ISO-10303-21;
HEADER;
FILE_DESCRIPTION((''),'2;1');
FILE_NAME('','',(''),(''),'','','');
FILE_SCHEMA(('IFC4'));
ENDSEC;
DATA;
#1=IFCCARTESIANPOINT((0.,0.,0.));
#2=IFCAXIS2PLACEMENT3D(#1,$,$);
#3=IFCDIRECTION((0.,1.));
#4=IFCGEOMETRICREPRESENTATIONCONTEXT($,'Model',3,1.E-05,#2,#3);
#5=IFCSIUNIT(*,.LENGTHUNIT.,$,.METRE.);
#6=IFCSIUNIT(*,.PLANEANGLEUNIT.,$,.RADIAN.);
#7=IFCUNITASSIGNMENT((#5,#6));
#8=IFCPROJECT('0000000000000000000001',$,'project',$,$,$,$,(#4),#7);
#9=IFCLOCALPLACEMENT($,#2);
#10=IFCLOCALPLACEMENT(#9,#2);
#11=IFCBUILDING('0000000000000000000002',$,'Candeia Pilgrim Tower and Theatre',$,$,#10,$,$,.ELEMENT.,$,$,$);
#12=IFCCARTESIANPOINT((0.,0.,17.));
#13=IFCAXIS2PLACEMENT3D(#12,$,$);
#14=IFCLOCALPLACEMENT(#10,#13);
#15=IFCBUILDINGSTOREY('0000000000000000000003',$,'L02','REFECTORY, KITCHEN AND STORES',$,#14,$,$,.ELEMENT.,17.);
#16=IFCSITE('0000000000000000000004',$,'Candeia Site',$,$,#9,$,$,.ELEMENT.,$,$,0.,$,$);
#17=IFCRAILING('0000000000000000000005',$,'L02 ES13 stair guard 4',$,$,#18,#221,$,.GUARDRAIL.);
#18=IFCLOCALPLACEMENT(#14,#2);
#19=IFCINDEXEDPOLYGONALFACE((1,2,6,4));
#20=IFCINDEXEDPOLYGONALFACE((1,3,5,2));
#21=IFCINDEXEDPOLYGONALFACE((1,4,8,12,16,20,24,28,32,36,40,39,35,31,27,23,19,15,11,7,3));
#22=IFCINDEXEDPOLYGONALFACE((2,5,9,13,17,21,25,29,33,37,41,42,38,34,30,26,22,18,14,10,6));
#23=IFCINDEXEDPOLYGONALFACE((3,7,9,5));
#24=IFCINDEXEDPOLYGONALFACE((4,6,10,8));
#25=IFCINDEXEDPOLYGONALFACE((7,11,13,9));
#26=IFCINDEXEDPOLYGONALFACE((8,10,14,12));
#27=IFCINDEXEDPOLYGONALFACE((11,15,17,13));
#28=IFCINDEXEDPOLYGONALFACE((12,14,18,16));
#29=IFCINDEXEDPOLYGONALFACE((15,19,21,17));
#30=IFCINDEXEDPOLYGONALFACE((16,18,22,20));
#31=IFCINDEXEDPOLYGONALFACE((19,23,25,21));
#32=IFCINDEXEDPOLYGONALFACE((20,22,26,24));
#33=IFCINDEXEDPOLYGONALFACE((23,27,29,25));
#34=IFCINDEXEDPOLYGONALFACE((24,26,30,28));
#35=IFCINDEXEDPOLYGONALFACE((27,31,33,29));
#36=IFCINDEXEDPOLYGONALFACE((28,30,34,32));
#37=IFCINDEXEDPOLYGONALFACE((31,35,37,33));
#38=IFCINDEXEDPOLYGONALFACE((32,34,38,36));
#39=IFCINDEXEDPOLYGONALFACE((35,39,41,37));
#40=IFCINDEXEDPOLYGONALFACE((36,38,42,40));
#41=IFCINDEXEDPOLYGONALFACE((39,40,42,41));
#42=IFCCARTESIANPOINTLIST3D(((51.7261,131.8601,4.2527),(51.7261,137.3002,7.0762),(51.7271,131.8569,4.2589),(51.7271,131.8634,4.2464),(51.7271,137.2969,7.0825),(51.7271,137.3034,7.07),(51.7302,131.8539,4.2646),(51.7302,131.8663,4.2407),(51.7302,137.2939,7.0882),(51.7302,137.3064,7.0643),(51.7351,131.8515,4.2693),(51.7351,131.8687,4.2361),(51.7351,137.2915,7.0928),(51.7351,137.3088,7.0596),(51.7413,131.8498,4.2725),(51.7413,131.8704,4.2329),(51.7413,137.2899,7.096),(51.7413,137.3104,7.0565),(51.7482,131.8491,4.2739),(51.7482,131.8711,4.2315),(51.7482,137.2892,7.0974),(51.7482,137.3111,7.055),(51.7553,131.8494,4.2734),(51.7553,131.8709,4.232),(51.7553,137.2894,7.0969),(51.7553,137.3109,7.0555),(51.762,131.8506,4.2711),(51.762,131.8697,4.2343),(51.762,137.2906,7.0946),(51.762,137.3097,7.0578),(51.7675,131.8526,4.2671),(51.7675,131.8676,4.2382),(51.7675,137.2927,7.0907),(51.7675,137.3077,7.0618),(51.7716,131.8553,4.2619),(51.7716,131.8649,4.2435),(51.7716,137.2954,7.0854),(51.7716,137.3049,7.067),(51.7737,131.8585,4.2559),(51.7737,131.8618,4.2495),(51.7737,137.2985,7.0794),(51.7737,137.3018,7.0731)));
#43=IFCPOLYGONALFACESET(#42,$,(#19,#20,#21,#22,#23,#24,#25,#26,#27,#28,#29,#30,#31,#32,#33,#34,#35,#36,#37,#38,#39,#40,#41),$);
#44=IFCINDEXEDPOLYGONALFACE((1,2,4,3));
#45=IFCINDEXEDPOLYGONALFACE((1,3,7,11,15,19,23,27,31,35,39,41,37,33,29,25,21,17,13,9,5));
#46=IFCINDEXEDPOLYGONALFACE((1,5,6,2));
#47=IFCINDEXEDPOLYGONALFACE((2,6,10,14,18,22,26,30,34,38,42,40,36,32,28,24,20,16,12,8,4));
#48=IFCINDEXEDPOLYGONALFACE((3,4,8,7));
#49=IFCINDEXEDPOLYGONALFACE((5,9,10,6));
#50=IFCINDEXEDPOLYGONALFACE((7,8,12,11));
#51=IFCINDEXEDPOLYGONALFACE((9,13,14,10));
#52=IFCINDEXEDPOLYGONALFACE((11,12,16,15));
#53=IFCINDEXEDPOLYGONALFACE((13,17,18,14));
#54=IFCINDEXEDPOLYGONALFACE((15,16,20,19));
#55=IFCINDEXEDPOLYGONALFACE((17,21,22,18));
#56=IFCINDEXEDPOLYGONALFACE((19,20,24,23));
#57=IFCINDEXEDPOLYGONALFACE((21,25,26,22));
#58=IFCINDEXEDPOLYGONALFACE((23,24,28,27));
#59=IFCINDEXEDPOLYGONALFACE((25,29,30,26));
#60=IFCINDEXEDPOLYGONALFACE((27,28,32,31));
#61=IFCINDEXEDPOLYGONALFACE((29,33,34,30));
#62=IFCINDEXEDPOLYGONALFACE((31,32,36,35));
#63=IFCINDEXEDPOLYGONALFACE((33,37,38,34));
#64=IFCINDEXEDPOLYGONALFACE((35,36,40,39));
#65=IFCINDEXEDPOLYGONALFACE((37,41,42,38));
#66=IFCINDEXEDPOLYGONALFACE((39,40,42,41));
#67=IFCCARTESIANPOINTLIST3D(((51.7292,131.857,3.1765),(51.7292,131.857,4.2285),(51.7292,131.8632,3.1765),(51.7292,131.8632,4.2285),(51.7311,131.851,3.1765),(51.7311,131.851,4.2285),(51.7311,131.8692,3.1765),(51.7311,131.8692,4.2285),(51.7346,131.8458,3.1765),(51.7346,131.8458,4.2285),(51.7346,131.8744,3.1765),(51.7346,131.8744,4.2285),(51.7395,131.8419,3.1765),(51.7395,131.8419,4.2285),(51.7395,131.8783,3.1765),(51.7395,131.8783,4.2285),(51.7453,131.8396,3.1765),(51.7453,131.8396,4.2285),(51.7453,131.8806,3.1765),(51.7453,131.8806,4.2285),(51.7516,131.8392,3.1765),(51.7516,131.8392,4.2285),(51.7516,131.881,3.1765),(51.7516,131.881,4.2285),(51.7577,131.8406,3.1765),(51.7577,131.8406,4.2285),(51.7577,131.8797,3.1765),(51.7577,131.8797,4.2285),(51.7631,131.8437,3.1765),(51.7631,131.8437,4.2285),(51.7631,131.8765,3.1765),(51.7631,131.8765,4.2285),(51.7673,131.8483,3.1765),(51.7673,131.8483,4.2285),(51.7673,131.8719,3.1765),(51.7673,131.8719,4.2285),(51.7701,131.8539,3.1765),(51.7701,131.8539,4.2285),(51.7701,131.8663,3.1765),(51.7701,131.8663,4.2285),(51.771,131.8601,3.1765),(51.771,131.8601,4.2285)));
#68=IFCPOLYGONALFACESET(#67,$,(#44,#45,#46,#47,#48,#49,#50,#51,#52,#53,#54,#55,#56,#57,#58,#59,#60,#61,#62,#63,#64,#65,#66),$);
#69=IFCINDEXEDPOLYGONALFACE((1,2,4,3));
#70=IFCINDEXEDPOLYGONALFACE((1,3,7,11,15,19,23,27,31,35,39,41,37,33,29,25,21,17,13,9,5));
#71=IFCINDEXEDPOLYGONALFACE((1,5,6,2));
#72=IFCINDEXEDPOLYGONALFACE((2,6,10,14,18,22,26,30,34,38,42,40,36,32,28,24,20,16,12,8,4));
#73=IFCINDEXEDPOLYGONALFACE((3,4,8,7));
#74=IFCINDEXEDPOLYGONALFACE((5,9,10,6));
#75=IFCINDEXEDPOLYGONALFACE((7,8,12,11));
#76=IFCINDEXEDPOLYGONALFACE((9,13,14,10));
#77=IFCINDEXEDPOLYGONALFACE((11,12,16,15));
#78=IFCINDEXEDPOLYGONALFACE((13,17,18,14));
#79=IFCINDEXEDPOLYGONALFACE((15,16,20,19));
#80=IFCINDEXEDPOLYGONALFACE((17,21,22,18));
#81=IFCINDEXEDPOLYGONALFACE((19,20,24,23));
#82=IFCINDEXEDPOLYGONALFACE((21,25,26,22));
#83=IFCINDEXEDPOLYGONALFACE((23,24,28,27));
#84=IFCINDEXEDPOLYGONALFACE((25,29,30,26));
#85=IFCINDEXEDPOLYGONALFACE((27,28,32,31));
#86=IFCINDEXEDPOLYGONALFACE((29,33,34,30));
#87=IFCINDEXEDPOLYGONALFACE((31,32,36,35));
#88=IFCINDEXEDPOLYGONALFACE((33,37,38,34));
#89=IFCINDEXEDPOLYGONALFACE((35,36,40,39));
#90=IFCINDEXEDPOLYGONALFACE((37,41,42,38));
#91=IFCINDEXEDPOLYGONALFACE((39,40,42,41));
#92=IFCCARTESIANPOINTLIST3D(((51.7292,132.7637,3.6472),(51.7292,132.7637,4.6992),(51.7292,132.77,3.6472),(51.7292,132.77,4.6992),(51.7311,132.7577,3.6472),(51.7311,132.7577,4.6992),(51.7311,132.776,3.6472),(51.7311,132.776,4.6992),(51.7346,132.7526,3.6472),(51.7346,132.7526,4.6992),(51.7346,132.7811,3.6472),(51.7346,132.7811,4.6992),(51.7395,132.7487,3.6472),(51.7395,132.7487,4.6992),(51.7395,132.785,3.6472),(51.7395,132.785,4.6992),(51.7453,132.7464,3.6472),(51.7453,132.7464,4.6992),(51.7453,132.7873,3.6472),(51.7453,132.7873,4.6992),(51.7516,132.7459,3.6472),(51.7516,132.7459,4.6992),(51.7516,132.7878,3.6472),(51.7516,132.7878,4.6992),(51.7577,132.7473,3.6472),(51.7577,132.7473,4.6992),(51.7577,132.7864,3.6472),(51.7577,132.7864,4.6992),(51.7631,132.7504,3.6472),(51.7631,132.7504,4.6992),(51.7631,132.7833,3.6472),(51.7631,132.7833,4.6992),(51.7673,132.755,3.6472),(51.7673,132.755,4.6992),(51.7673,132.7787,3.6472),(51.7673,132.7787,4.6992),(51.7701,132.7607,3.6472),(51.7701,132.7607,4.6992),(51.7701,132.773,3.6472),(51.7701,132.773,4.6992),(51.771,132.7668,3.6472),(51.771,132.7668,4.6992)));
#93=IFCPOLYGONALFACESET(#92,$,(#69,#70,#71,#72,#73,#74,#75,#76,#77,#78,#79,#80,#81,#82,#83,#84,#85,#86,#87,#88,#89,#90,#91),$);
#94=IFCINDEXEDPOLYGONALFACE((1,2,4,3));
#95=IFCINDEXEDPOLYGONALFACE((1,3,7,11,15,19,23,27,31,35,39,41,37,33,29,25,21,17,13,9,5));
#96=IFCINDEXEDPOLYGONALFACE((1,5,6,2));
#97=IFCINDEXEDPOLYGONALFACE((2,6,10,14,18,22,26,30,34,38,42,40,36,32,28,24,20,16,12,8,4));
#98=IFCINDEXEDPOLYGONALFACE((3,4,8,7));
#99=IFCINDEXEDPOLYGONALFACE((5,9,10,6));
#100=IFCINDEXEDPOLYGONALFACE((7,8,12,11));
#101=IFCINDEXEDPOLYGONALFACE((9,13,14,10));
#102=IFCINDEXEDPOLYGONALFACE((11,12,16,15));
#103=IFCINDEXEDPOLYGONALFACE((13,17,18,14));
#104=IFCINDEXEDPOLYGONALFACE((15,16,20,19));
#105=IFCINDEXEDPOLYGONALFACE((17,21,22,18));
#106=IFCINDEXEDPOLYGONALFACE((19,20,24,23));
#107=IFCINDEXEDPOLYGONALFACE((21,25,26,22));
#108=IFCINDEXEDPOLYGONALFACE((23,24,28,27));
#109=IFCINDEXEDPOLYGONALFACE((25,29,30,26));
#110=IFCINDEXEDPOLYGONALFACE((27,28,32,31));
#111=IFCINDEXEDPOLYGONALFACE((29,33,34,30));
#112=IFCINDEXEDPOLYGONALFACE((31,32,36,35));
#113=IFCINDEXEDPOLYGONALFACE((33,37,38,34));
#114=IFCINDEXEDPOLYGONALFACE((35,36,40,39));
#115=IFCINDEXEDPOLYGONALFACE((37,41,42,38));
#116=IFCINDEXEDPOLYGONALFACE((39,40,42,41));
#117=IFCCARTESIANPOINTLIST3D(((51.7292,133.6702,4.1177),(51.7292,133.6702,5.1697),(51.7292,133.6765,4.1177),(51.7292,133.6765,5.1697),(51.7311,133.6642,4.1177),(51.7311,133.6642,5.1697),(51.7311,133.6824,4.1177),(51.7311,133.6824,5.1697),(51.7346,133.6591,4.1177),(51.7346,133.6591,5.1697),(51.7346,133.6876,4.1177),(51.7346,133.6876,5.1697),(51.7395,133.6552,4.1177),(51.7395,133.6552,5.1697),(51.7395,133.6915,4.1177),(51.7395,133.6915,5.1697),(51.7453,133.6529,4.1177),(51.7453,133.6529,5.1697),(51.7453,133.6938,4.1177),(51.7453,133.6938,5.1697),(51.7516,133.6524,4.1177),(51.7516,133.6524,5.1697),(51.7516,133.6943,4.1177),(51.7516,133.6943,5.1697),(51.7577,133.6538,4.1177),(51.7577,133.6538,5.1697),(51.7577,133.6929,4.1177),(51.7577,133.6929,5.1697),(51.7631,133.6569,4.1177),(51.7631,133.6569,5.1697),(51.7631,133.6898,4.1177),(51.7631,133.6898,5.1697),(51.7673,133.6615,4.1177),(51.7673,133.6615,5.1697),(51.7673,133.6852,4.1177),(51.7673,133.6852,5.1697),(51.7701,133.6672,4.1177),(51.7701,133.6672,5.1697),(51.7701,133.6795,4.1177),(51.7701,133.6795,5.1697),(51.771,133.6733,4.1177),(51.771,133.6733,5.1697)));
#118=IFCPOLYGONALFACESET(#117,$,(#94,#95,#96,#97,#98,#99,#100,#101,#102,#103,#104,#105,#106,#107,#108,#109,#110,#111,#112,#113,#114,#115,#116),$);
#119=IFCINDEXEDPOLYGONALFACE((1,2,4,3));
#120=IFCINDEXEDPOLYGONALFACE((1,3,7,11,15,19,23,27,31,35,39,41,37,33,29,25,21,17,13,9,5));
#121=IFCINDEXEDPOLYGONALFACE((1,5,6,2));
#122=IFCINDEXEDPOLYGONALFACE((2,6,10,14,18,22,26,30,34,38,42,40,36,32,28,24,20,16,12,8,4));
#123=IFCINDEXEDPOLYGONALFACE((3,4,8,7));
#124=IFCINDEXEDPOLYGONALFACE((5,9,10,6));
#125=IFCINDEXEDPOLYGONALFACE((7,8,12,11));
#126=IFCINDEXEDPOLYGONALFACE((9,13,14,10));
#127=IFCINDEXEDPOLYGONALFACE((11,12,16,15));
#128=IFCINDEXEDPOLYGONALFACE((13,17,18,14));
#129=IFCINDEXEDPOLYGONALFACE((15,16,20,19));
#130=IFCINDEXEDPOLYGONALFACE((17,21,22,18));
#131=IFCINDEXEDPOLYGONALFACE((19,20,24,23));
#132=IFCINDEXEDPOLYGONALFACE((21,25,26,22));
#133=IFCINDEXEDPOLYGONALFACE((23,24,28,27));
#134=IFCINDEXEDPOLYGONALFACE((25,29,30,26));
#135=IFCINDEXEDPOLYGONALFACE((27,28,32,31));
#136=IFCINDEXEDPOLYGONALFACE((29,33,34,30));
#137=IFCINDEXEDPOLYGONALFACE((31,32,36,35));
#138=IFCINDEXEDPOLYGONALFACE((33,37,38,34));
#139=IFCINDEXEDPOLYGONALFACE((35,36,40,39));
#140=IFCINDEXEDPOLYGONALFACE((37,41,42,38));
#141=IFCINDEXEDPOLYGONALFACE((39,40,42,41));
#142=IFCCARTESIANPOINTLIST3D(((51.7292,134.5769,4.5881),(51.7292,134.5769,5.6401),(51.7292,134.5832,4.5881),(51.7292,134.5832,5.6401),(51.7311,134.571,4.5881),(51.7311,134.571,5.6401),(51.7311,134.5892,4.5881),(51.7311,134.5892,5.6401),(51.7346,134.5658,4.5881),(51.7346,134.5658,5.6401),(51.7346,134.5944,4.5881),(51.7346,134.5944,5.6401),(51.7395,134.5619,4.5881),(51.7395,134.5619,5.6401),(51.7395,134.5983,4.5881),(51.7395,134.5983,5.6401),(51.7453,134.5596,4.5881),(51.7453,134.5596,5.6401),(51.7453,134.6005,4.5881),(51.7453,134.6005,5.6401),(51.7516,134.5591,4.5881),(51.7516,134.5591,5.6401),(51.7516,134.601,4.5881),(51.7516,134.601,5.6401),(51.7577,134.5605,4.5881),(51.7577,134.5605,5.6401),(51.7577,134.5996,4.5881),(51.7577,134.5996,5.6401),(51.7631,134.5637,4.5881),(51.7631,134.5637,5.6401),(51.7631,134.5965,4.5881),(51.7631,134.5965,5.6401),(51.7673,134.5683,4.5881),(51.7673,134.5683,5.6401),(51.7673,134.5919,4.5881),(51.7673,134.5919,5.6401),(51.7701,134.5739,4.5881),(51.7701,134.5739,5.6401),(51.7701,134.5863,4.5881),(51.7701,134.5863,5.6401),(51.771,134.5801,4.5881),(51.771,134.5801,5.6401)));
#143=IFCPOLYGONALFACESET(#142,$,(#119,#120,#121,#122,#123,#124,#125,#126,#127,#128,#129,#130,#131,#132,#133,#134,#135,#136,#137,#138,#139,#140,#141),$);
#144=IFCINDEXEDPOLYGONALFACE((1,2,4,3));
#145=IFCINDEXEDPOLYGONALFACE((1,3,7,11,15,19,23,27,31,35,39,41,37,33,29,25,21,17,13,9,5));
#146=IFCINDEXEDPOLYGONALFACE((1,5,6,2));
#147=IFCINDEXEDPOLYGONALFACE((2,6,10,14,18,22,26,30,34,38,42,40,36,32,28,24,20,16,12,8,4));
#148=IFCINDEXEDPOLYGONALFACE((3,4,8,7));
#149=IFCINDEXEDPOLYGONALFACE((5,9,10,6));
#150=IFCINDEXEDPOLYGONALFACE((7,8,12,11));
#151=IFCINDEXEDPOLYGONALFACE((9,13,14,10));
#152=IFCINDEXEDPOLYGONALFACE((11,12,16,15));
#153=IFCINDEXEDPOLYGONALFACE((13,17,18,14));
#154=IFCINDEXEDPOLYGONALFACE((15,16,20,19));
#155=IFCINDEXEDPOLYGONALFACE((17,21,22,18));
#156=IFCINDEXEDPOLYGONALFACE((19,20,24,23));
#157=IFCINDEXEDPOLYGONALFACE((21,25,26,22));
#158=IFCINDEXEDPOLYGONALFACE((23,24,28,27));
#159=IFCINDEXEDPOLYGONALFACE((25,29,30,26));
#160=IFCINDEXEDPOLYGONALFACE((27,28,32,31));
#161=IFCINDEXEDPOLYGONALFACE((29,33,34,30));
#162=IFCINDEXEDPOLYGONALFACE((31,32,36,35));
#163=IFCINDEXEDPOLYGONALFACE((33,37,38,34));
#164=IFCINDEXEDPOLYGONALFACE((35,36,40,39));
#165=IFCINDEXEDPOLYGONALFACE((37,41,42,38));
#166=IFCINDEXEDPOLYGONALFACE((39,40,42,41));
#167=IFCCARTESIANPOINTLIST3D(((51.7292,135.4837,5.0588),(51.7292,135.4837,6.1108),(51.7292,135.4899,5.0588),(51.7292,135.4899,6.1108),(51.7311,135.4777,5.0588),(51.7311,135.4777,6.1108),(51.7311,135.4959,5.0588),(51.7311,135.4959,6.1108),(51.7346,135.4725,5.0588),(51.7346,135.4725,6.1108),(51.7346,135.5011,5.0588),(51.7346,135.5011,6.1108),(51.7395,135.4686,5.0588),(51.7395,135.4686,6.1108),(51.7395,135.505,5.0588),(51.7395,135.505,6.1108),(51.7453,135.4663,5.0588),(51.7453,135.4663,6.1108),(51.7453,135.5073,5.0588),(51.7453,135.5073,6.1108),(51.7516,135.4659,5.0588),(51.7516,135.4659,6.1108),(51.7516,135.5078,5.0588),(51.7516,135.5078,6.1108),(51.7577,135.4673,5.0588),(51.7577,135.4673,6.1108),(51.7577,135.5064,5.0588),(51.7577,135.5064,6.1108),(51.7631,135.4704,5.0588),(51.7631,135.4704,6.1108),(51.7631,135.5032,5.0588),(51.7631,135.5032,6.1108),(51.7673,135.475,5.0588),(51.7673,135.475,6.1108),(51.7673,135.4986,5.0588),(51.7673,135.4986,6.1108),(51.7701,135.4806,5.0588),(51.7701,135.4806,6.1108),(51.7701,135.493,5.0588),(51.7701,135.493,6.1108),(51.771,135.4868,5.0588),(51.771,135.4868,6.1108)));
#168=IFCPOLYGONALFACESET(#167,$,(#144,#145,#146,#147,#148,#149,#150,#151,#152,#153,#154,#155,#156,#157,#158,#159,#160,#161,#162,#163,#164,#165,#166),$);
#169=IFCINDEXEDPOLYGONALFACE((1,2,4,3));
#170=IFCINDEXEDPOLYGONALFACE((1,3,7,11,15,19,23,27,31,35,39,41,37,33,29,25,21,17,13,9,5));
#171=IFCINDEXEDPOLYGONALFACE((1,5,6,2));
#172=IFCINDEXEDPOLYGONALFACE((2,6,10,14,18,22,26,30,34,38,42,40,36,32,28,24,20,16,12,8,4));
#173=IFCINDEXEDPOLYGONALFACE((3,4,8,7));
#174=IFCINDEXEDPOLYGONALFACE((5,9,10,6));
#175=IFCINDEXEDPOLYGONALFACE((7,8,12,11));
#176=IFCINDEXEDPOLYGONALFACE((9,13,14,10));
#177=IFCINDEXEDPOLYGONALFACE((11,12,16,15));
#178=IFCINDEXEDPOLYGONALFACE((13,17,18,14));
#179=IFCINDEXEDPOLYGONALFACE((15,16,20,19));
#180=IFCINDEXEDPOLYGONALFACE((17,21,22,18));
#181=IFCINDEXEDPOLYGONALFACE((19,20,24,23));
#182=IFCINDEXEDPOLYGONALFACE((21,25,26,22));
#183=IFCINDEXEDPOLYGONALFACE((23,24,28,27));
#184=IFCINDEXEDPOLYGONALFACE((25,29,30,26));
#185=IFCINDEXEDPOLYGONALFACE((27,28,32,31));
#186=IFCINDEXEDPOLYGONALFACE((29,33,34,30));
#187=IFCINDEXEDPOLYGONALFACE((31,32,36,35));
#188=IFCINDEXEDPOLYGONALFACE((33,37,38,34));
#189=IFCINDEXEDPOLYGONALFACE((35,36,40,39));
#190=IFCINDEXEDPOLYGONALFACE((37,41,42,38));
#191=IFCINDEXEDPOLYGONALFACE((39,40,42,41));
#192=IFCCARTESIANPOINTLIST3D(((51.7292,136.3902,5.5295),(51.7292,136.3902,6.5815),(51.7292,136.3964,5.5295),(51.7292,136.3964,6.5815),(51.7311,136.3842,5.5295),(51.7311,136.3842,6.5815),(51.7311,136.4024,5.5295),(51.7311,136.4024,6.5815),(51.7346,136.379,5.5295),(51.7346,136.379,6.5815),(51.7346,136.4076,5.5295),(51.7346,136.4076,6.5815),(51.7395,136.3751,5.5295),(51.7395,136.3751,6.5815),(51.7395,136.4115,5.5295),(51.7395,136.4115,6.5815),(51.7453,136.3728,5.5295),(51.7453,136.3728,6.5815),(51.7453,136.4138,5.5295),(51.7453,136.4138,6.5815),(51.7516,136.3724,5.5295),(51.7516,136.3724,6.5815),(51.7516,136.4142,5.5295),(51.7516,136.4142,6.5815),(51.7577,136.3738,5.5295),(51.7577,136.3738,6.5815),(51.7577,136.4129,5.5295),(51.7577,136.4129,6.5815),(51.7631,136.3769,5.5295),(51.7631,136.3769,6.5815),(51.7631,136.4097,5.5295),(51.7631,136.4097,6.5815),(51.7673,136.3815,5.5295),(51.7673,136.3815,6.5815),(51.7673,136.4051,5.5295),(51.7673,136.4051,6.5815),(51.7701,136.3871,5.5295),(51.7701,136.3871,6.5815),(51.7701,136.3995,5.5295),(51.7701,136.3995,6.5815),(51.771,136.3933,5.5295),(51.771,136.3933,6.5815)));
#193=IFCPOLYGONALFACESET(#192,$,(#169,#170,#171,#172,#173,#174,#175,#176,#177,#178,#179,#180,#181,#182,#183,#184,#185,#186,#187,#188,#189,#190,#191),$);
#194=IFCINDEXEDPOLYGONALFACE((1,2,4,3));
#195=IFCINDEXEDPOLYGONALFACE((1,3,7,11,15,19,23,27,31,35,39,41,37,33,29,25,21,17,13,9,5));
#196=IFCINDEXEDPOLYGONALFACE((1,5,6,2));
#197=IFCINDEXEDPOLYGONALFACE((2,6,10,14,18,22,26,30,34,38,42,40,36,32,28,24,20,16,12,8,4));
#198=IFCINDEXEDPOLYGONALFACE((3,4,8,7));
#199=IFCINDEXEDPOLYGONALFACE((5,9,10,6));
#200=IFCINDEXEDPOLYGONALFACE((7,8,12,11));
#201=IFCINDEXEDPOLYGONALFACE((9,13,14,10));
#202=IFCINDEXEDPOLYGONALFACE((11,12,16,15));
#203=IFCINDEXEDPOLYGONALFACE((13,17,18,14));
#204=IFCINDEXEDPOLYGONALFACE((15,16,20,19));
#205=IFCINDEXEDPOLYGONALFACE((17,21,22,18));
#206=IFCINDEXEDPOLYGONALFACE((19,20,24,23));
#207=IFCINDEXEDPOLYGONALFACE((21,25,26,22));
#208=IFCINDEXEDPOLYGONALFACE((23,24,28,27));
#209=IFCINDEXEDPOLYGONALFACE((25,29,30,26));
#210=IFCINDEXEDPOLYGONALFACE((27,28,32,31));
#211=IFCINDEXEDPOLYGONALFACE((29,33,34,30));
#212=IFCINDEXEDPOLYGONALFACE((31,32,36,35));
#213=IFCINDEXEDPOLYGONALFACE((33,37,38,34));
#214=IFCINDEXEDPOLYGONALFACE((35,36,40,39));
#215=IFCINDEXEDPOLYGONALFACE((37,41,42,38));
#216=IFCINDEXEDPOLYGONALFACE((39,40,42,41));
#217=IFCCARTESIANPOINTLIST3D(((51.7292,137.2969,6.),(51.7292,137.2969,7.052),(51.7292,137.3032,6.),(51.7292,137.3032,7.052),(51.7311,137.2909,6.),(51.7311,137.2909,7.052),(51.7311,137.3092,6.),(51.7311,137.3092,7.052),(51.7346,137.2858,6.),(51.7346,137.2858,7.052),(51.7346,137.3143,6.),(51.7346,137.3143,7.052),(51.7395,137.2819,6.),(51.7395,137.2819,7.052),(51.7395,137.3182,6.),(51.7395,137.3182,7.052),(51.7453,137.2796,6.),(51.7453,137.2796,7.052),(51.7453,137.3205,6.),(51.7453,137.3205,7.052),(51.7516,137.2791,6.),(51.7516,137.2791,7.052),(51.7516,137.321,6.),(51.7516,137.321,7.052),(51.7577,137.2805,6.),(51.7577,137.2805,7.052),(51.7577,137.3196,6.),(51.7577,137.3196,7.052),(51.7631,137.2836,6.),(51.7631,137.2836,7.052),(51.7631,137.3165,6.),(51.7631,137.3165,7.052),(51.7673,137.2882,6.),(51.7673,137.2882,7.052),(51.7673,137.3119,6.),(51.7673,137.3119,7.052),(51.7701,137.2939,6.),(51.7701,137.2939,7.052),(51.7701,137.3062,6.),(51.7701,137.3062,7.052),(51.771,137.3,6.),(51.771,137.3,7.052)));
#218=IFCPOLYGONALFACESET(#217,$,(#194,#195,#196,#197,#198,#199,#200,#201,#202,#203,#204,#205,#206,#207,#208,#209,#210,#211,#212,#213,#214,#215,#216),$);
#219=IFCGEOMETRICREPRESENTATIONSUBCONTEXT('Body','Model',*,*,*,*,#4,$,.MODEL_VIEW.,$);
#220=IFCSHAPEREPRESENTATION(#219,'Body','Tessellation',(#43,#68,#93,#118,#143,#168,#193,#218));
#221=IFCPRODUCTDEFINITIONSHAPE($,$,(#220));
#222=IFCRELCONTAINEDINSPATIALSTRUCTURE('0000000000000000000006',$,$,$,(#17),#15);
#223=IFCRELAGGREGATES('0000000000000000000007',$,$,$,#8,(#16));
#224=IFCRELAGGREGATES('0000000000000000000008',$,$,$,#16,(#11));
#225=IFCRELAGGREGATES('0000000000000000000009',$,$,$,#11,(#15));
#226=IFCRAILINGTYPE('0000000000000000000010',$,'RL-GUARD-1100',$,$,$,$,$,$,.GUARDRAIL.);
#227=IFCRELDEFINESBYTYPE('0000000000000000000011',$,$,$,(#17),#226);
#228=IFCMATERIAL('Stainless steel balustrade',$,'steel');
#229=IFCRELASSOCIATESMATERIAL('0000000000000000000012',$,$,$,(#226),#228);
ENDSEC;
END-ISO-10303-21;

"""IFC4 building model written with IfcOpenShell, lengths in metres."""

from ifc_helpers import new_model, si_unit, direction, frame, origin, origin_2d, place, context, subcontext, project, spatial, circle, extrude, material, type_object, element, save


model = new_model("IFC4")

# Units and contexts
model_context = context("Model", 3, precision=1e-05, world=origin(), true_north=direction((0.0, 1.0)))
body_context = subcontext(model_context, "Body", "Model", "MODEL_VIEW")
ifc_project = project(units=[si_unit("LENGTHUNIT", "METRE"), si_unit("PLANEANGLEUNIT", "RADIAN")], contexts=[model_context])

# Site, building, storey
site_placement = place(None, origin())
site = spatial("IfcSite", under=ifc_project, at=site_placement, Name="Candeia Site", CompositionType="ELEMENT", RefElevation=0.0)
building_placement = place(site_placement, origin())
building = spatial("IfcBuilding", under=site, at=building_placement, Name="Candeia Pilgrim Tower and Theatre", CompositionType="ELEMENT")
storey_placement = place(building_placement, frame((0.0, 0.0, 17.0)))
storey = spatial("IfcBuildingStorey", under=building, at=storey_placement, Name="L02", Description="REFECTORY, KITCHEN AND STORES", CompositionType="ELEMENT", Elevation=17.0)

# Railing
ifc_material_1 = material(Name="Stainless steel balustrade", Category="steel")
railing_type_1 = type_object("IfcRailingType", Name="RL-GUARD-1100", PredefinedType="GUARDRAIL", material=ifc_material_1)
railing_1_placement = place(storey_placement, frame((51.75, 131.8601, 3.1765)))
element("IfcRailing", 1, at=railing_1_placement, inside=storey, type_object=railing_type_1, Name="L02 ES13 stair guard 4", PredefinedType="GUARDRAIL", context=body_context, shape_type="SweptSolid", body=[
    extrude(circle(Radius=0.0239, at=origin_2d()), frame((0.0, 0.0, 1.0762), z_axis=(0.0, 0.887569, 0.460674), x_axis=(-1.0, 0.0, 0.0)), (0.0, 0.0, 1.0), 6.1292),
    extrude(circle(Radius=0.021, at=origin_2d()), origin(), (0.0, 0.0, 1.0), 1.052),
    extrude(circle(Radius=0.021, at=origin_2d()), frame((0.0, 0.9067, 0.4707)), (0.0, 0.0, 1.0), 1.052),
    extrude(circle(Radius=0.021, at=origin_2d()), frame((0.0, 1.8132, 0.9412)), (0.0, 0.0, 1.0), 1.052),
    extrude(circle(Radius=0.021, at=origin_2d()), frame((0.0, 2.72, 1.4116)), (0.0, 0.0, 1.0), 1.052),
    extrude(circle(Radius=0.021, at=origin_2d()), frame((0.0, 3.6267, 1.8823)), (0.0, 0.0, 1.0), 1.052),
    extrude(circle(Radius=0.021, at=origin_2d()), frame((0.0, 4.5332, 2.353)), (0.0, 0.0, 1.0), 1.052),
    extrude(circle(Radius=0.021, at=origin_2d()), frame((0.0, 5.4399, 2.8235)), (0.0, 0.0, 1.0), 1.052),
])

save(model, "model.ifc")
